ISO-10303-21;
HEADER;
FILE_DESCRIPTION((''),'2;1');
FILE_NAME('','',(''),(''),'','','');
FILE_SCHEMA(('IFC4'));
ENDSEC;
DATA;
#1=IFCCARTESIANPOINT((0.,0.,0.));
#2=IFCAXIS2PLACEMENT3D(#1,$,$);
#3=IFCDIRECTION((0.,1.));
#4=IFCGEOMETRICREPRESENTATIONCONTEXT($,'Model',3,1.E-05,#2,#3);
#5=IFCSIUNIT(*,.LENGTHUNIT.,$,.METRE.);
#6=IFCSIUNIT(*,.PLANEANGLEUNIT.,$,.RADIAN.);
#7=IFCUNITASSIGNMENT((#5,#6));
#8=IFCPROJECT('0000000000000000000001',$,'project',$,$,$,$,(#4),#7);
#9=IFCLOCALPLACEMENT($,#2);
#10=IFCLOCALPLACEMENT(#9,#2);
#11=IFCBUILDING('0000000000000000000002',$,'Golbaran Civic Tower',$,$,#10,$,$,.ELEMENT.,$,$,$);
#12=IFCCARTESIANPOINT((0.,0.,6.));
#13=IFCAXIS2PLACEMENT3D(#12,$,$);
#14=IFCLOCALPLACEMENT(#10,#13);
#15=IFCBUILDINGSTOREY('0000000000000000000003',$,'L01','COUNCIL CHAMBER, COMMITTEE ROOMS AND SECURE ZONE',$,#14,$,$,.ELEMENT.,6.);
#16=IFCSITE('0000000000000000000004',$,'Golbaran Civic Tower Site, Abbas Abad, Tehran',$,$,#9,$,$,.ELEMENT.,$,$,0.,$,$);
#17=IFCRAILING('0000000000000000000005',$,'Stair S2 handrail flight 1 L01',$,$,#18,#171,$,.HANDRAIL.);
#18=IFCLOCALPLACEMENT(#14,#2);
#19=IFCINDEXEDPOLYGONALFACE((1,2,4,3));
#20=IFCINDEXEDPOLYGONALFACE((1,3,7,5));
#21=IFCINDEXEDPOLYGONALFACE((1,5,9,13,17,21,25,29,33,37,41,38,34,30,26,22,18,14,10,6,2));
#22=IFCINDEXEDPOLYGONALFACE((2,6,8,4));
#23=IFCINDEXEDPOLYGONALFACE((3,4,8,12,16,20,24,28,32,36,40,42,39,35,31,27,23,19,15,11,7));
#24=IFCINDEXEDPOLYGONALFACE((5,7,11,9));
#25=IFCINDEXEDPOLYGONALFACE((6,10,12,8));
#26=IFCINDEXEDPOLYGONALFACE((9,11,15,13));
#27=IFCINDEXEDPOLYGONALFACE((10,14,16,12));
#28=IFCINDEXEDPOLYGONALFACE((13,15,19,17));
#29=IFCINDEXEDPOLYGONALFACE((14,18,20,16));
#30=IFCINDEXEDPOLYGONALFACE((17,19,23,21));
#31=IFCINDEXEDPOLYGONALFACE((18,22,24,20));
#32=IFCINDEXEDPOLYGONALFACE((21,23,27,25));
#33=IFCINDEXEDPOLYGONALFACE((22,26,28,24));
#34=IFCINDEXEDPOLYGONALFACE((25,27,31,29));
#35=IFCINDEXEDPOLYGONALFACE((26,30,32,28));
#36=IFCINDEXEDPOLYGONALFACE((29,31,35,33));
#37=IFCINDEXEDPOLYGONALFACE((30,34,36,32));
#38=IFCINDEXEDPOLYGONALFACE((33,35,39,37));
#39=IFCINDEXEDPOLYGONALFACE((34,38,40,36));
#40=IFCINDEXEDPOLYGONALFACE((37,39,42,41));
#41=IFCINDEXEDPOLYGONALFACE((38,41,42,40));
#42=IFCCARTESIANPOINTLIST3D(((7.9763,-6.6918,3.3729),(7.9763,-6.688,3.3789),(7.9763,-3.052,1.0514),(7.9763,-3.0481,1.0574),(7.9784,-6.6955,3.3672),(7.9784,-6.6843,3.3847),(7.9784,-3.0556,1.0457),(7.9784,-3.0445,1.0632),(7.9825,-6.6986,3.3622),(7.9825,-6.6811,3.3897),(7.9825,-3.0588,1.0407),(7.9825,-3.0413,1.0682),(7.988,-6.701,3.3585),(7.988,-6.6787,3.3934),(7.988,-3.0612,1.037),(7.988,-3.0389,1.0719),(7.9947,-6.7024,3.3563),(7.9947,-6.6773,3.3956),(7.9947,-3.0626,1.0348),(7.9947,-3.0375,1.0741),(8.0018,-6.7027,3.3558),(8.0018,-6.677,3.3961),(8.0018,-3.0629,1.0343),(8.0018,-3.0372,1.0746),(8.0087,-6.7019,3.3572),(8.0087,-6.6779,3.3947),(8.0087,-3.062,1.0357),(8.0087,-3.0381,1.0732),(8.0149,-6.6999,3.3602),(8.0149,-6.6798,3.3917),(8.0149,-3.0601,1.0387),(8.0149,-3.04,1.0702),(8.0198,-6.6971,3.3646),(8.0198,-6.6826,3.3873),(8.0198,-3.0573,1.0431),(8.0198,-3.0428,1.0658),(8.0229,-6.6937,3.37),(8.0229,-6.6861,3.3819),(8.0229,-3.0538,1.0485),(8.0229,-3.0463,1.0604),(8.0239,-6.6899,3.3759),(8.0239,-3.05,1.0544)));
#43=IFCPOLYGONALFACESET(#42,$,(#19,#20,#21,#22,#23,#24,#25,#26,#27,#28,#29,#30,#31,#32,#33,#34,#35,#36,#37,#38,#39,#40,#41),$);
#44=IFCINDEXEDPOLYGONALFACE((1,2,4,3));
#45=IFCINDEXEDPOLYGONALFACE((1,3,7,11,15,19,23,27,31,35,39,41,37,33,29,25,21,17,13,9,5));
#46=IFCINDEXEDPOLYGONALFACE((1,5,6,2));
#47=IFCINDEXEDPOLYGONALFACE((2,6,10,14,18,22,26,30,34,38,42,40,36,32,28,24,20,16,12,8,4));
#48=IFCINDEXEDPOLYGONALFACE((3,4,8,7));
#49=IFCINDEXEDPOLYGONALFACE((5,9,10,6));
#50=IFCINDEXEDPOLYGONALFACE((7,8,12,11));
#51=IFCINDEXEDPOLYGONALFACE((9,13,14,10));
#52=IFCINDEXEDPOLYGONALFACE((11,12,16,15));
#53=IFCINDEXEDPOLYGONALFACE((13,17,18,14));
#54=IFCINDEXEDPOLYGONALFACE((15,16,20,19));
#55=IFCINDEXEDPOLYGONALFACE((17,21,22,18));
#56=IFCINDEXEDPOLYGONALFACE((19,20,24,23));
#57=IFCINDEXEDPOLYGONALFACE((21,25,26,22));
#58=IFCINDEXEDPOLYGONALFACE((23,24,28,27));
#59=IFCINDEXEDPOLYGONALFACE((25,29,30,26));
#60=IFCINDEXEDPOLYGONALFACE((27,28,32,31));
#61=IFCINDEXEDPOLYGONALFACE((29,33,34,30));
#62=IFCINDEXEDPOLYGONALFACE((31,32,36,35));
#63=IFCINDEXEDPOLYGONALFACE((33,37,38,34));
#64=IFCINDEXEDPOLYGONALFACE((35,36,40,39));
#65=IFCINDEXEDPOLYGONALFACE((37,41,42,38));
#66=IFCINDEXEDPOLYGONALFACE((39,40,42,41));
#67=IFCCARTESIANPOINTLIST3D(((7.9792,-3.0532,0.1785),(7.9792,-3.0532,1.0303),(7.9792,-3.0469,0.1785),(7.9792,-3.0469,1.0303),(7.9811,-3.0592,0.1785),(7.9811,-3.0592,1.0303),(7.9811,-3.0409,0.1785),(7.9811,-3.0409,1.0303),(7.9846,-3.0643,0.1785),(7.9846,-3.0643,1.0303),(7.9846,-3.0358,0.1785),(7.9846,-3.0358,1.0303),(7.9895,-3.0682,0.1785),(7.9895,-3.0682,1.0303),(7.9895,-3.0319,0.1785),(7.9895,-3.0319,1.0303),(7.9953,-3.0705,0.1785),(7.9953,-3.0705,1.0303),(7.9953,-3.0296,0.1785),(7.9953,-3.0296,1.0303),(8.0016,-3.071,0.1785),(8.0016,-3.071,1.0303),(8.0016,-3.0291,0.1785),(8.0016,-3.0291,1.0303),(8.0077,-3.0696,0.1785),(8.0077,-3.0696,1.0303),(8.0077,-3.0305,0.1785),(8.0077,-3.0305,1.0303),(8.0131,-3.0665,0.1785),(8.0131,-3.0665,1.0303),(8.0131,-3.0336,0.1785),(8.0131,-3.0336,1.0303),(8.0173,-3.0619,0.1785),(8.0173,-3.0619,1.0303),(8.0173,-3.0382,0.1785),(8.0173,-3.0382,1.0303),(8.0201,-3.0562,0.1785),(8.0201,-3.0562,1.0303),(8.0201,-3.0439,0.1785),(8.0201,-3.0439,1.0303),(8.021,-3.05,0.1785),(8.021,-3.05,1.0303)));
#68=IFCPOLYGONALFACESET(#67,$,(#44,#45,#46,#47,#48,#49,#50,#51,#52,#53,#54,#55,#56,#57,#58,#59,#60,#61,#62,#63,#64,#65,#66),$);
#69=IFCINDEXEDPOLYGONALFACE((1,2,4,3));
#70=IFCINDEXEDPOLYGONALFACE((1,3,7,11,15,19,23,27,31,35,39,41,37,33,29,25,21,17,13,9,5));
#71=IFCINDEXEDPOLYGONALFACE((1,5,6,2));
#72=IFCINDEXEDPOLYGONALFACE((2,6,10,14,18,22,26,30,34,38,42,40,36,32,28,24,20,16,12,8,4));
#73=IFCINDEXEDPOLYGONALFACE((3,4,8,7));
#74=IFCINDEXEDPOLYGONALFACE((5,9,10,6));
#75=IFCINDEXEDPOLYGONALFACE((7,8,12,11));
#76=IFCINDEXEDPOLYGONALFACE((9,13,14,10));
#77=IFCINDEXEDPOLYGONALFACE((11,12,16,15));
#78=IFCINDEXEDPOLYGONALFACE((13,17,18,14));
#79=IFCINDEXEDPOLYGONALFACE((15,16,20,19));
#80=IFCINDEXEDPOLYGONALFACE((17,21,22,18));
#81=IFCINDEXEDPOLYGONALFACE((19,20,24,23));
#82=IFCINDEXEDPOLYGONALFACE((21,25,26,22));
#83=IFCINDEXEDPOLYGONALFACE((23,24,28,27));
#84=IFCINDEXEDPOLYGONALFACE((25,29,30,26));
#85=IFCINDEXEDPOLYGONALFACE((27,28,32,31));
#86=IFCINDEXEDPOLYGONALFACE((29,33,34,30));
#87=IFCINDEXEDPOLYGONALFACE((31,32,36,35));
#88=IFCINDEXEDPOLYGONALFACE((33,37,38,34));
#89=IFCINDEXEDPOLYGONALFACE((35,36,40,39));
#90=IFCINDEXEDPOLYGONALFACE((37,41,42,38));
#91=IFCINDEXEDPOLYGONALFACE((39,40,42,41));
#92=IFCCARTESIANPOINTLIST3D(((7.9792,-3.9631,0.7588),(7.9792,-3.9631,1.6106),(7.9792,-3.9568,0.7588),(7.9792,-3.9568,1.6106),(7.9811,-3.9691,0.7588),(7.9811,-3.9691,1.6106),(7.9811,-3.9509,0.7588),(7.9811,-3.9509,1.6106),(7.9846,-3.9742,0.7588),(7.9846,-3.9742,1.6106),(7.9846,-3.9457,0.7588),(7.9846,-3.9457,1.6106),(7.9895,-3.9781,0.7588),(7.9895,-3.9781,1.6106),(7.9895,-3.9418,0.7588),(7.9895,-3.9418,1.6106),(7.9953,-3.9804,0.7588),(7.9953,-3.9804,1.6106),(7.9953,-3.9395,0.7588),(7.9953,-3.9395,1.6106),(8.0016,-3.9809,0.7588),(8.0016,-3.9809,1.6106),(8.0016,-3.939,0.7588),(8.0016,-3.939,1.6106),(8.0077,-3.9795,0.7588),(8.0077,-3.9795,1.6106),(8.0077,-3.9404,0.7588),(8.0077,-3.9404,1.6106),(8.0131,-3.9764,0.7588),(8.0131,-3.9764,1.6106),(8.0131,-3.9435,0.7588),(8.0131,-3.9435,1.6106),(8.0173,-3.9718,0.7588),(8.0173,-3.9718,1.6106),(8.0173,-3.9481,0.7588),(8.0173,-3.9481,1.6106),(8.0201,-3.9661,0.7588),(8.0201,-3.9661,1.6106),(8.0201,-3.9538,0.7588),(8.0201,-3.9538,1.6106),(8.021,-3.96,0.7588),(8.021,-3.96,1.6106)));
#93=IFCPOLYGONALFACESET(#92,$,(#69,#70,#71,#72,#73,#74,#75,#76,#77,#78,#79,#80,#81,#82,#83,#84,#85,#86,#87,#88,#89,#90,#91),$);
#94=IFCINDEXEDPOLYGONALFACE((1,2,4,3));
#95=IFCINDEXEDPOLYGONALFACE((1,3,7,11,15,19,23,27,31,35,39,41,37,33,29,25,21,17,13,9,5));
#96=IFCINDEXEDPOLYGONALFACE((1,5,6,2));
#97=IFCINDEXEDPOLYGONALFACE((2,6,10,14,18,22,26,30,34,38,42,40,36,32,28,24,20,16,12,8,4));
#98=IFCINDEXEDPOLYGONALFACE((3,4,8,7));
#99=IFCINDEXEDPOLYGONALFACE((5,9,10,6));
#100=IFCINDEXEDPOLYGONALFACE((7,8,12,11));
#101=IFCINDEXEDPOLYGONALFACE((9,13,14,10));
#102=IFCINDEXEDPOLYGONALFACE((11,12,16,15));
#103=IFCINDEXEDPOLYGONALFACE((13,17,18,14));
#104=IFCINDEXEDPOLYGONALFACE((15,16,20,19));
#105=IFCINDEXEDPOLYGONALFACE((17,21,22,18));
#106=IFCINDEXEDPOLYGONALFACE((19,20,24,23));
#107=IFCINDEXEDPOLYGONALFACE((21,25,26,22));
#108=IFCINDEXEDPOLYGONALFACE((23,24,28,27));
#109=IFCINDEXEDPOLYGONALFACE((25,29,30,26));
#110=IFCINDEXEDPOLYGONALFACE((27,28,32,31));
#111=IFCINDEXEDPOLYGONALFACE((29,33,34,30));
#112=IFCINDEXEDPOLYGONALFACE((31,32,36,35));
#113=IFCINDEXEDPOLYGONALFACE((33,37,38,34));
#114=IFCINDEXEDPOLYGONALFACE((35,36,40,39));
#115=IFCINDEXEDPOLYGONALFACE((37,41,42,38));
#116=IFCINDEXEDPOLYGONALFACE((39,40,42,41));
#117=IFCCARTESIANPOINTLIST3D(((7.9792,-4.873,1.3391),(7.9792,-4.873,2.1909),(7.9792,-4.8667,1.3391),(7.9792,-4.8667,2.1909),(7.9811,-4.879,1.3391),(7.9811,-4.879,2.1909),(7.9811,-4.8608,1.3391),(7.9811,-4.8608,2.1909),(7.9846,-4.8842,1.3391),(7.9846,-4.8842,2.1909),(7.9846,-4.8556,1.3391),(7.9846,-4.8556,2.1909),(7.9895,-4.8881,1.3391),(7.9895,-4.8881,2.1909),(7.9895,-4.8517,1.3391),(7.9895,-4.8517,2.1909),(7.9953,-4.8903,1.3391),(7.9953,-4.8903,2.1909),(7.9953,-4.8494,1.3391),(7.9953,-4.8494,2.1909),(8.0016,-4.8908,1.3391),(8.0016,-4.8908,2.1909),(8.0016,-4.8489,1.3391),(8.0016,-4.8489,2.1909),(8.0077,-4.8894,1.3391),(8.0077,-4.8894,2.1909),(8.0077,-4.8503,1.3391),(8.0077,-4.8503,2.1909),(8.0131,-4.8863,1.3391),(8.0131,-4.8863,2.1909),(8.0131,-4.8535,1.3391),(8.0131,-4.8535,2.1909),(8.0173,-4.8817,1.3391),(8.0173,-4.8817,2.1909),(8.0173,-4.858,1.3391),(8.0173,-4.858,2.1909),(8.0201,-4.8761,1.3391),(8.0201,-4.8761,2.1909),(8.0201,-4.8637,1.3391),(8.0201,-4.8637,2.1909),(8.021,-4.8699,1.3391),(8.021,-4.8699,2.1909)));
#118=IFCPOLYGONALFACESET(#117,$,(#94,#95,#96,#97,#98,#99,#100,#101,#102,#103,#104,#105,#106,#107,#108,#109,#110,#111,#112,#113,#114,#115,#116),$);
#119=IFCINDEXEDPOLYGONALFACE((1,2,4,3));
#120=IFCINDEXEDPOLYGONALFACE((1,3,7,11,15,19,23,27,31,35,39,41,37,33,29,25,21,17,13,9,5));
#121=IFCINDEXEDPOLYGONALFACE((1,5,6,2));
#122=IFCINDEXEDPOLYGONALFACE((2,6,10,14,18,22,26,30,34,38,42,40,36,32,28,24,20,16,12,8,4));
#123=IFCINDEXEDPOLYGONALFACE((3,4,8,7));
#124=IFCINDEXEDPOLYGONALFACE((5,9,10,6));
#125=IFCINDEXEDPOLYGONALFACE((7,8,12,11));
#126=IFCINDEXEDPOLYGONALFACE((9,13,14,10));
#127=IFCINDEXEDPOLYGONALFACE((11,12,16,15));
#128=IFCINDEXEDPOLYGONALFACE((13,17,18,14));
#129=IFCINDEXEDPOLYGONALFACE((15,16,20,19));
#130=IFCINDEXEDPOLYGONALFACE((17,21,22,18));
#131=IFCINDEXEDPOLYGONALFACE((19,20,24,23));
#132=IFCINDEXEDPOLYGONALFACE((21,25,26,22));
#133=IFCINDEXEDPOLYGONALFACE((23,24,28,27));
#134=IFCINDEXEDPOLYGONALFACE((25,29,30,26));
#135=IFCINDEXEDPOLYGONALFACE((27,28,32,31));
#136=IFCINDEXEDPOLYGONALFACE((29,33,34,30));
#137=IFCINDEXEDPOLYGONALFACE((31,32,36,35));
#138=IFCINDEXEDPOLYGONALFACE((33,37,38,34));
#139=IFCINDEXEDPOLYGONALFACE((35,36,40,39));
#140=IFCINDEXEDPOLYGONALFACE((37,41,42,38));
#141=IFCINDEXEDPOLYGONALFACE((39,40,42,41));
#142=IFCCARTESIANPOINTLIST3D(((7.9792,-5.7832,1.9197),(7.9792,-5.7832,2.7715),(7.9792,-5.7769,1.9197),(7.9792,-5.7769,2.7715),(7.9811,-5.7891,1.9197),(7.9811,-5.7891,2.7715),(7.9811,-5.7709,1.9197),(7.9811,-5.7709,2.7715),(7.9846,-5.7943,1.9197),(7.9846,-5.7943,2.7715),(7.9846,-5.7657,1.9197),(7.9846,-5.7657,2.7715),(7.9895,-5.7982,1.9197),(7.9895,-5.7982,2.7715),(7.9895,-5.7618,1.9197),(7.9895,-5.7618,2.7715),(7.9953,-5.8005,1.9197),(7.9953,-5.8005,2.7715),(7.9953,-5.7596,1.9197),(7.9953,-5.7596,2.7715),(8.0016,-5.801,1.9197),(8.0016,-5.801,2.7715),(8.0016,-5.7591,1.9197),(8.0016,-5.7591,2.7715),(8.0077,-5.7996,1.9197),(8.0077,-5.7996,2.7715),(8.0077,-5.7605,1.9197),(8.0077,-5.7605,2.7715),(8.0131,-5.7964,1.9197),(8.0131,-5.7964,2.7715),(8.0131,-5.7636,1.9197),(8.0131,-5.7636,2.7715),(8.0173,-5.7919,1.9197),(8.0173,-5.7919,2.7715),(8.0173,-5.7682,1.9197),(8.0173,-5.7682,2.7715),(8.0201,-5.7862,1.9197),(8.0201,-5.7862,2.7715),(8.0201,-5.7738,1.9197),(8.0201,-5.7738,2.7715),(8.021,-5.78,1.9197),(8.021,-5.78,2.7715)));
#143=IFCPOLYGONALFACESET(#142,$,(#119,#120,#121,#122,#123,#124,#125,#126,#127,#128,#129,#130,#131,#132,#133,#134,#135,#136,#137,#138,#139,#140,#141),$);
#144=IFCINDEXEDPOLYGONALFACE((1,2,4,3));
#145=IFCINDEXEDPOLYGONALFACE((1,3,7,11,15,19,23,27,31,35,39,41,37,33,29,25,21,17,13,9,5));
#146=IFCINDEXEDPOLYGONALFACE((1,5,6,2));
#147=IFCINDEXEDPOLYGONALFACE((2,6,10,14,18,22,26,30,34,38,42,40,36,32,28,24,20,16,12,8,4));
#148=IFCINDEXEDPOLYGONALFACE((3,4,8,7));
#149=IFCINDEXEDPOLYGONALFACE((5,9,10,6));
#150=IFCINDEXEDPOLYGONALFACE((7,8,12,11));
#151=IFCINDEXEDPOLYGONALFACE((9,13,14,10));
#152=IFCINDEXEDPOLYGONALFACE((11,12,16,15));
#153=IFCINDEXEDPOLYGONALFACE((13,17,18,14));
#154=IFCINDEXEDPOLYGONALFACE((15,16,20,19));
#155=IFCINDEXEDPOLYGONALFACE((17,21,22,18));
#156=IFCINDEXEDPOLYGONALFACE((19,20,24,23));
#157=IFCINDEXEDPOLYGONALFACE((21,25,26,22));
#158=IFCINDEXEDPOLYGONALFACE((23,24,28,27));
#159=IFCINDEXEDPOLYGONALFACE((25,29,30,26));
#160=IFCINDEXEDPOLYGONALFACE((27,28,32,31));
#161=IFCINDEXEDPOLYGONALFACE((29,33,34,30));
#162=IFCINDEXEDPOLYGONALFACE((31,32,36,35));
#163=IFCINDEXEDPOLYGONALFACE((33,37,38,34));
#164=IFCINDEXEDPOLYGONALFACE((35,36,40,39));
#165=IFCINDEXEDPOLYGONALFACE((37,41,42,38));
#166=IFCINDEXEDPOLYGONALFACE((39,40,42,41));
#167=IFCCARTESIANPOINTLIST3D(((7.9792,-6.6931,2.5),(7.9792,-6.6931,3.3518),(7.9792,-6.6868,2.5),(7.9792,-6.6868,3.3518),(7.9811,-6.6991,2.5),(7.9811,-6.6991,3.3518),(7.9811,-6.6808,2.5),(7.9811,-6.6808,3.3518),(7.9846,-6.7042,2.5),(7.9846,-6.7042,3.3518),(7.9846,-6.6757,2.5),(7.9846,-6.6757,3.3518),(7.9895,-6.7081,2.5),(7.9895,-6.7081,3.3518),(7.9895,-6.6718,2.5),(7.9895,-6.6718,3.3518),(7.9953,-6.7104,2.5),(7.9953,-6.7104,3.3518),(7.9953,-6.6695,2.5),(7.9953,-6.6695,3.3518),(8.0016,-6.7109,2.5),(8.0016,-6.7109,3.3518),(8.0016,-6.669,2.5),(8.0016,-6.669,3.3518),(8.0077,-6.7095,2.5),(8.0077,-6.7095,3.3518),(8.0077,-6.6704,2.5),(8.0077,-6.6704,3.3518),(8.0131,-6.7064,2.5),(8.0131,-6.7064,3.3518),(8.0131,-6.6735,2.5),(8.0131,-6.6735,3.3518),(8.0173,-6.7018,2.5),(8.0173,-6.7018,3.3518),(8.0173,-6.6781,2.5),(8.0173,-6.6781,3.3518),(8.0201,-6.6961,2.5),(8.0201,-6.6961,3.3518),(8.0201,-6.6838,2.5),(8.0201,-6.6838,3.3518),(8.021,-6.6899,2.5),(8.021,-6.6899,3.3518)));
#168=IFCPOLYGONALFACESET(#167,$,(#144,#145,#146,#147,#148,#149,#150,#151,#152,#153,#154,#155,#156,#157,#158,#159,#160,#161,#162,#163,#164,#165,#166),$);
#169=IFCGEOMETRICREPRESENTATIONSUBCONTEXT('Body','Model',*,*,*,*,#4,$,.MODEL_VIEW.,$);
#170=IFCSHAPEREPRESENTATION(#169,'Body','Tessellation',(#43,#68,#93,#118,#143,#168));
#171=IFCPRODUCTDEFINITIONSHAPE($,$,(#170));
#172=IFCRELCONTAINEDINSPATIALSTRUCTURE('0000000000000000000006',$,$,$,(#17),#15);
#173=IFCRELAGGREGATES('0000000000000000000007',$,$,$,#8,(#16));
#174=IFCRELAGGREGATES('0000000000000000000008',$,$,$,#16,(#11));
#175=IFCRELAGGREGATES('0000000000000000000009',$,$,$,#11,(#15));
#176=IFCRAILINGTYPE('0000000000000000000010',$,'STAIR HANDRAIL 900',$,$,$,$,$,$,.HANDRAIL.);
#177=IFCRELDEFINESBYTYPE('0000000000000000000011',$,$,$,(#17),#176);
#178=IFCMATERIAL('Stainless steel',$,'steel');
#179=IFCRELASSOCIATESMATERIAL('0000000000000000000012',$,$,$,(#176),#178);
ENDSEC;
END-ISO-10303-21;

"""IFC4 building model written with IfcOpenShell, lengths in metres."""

from ifc_helpers import new_model, si_unit, direction, frame, origin, origin_2d, place, context, subcontext, project, spatial, circle, extrude, material, type_object, element, save


model = new_model("IFC4")

# Units and contexts
model_context = context("Model", 3, precision=1e-05, world=origin(), true_north=direction((0.0, 1.0)))
body_context = subcontext(model_context, "Body", "Model", "MODEL_VIEW")
ifc_project = project(units=[si_unit("LENGTHUNIT", "METRE"), si_unit("PLANEANGLEUNIT", "RADIAN")], contexts=[model_context])

# Site, building, storey
site_placement = place(None, origin())
site = spatial("IfcSite", under=ifc_project, at=site_placement, Name="Golbaran Civic Tower Site, Abbas Abad, Tehran", CompositionType="ELEMENT", RefElevation=0.0)
building_placement = place(site_placement, origin())
building = spatial("IfcBuilding", under=site, at=building_placement, Name="Golbaran Civic Tower", CompositionType="ELEMENT")
storey_placement = place(building_placement, frame((0.0, 0.0, 6.0)))
storey = spatial("IfcBuildingStorey", under=building, at=storey_placement, Name="L01", Description="COUNCIL CHAMBER, COMMITTEE ROOMS AND SECURE ZONE", CompositionType="ELEMENT", Elevation=6.0)

# Shared definitions
ifc_material_1 = material(Name="Stainless steel", Category="steel")

# Railing
railing_type = type_object("IfcRailingType", Name="STAIR HANDRAIL 900", PredefinedType="HANDRAIL", material=ifc_material_1)
railing_1_placement = place(storey_placement, frame((8.0, -3.05, 0.1785)))
element("IfcRailing", 1, at=railing_1_placement, inside=storey, type_object=railing_type, Name="Stair S2 handrail flight 1 L01", PredefinedType="HANDRAIL", context=body_context, shape_type="SweptSolid", body=[
    extrude(circle(Radius=0.0239, at=origin_2d()), frame((0.0, 0.0, 0.876), z_axis=(0.0, -0.843112, 0.537739), x_axis=(1.0, 0.0, 0.0)), (0.0, 0.0, 1.0), 4.3171),
    extrude(circle(Radius=0.021, at=origin_2d()), origin(), (0.0, 0.0, 1.0), 0.8518),
    extrude(circle(Radius=0.021, at=origin_2d()), frame((0.0, -0.9099, 0.5803)), (0.0, 0.0, 1.0), 0.8518),
    extrude(circle(Radius=0.021, at=origin_2d()), frame((0.0, -1.8198, 1.1606)), (0.0, 0.0, 1.0), 0.8518),
    extrude(circle(Radius=0.021, at=origin_2d()), frame((0.0, -2.73, 1.7412)), (0.0, 0.0, 1.0), 0.8518),
    extrude(circle(Radius=0.021, at=origin_2d()), frame((0.0, -3.6399, 2.3215)), (0.0, 0.0, 1.0), 0.8518),
])

save(model, "model.ifc")
